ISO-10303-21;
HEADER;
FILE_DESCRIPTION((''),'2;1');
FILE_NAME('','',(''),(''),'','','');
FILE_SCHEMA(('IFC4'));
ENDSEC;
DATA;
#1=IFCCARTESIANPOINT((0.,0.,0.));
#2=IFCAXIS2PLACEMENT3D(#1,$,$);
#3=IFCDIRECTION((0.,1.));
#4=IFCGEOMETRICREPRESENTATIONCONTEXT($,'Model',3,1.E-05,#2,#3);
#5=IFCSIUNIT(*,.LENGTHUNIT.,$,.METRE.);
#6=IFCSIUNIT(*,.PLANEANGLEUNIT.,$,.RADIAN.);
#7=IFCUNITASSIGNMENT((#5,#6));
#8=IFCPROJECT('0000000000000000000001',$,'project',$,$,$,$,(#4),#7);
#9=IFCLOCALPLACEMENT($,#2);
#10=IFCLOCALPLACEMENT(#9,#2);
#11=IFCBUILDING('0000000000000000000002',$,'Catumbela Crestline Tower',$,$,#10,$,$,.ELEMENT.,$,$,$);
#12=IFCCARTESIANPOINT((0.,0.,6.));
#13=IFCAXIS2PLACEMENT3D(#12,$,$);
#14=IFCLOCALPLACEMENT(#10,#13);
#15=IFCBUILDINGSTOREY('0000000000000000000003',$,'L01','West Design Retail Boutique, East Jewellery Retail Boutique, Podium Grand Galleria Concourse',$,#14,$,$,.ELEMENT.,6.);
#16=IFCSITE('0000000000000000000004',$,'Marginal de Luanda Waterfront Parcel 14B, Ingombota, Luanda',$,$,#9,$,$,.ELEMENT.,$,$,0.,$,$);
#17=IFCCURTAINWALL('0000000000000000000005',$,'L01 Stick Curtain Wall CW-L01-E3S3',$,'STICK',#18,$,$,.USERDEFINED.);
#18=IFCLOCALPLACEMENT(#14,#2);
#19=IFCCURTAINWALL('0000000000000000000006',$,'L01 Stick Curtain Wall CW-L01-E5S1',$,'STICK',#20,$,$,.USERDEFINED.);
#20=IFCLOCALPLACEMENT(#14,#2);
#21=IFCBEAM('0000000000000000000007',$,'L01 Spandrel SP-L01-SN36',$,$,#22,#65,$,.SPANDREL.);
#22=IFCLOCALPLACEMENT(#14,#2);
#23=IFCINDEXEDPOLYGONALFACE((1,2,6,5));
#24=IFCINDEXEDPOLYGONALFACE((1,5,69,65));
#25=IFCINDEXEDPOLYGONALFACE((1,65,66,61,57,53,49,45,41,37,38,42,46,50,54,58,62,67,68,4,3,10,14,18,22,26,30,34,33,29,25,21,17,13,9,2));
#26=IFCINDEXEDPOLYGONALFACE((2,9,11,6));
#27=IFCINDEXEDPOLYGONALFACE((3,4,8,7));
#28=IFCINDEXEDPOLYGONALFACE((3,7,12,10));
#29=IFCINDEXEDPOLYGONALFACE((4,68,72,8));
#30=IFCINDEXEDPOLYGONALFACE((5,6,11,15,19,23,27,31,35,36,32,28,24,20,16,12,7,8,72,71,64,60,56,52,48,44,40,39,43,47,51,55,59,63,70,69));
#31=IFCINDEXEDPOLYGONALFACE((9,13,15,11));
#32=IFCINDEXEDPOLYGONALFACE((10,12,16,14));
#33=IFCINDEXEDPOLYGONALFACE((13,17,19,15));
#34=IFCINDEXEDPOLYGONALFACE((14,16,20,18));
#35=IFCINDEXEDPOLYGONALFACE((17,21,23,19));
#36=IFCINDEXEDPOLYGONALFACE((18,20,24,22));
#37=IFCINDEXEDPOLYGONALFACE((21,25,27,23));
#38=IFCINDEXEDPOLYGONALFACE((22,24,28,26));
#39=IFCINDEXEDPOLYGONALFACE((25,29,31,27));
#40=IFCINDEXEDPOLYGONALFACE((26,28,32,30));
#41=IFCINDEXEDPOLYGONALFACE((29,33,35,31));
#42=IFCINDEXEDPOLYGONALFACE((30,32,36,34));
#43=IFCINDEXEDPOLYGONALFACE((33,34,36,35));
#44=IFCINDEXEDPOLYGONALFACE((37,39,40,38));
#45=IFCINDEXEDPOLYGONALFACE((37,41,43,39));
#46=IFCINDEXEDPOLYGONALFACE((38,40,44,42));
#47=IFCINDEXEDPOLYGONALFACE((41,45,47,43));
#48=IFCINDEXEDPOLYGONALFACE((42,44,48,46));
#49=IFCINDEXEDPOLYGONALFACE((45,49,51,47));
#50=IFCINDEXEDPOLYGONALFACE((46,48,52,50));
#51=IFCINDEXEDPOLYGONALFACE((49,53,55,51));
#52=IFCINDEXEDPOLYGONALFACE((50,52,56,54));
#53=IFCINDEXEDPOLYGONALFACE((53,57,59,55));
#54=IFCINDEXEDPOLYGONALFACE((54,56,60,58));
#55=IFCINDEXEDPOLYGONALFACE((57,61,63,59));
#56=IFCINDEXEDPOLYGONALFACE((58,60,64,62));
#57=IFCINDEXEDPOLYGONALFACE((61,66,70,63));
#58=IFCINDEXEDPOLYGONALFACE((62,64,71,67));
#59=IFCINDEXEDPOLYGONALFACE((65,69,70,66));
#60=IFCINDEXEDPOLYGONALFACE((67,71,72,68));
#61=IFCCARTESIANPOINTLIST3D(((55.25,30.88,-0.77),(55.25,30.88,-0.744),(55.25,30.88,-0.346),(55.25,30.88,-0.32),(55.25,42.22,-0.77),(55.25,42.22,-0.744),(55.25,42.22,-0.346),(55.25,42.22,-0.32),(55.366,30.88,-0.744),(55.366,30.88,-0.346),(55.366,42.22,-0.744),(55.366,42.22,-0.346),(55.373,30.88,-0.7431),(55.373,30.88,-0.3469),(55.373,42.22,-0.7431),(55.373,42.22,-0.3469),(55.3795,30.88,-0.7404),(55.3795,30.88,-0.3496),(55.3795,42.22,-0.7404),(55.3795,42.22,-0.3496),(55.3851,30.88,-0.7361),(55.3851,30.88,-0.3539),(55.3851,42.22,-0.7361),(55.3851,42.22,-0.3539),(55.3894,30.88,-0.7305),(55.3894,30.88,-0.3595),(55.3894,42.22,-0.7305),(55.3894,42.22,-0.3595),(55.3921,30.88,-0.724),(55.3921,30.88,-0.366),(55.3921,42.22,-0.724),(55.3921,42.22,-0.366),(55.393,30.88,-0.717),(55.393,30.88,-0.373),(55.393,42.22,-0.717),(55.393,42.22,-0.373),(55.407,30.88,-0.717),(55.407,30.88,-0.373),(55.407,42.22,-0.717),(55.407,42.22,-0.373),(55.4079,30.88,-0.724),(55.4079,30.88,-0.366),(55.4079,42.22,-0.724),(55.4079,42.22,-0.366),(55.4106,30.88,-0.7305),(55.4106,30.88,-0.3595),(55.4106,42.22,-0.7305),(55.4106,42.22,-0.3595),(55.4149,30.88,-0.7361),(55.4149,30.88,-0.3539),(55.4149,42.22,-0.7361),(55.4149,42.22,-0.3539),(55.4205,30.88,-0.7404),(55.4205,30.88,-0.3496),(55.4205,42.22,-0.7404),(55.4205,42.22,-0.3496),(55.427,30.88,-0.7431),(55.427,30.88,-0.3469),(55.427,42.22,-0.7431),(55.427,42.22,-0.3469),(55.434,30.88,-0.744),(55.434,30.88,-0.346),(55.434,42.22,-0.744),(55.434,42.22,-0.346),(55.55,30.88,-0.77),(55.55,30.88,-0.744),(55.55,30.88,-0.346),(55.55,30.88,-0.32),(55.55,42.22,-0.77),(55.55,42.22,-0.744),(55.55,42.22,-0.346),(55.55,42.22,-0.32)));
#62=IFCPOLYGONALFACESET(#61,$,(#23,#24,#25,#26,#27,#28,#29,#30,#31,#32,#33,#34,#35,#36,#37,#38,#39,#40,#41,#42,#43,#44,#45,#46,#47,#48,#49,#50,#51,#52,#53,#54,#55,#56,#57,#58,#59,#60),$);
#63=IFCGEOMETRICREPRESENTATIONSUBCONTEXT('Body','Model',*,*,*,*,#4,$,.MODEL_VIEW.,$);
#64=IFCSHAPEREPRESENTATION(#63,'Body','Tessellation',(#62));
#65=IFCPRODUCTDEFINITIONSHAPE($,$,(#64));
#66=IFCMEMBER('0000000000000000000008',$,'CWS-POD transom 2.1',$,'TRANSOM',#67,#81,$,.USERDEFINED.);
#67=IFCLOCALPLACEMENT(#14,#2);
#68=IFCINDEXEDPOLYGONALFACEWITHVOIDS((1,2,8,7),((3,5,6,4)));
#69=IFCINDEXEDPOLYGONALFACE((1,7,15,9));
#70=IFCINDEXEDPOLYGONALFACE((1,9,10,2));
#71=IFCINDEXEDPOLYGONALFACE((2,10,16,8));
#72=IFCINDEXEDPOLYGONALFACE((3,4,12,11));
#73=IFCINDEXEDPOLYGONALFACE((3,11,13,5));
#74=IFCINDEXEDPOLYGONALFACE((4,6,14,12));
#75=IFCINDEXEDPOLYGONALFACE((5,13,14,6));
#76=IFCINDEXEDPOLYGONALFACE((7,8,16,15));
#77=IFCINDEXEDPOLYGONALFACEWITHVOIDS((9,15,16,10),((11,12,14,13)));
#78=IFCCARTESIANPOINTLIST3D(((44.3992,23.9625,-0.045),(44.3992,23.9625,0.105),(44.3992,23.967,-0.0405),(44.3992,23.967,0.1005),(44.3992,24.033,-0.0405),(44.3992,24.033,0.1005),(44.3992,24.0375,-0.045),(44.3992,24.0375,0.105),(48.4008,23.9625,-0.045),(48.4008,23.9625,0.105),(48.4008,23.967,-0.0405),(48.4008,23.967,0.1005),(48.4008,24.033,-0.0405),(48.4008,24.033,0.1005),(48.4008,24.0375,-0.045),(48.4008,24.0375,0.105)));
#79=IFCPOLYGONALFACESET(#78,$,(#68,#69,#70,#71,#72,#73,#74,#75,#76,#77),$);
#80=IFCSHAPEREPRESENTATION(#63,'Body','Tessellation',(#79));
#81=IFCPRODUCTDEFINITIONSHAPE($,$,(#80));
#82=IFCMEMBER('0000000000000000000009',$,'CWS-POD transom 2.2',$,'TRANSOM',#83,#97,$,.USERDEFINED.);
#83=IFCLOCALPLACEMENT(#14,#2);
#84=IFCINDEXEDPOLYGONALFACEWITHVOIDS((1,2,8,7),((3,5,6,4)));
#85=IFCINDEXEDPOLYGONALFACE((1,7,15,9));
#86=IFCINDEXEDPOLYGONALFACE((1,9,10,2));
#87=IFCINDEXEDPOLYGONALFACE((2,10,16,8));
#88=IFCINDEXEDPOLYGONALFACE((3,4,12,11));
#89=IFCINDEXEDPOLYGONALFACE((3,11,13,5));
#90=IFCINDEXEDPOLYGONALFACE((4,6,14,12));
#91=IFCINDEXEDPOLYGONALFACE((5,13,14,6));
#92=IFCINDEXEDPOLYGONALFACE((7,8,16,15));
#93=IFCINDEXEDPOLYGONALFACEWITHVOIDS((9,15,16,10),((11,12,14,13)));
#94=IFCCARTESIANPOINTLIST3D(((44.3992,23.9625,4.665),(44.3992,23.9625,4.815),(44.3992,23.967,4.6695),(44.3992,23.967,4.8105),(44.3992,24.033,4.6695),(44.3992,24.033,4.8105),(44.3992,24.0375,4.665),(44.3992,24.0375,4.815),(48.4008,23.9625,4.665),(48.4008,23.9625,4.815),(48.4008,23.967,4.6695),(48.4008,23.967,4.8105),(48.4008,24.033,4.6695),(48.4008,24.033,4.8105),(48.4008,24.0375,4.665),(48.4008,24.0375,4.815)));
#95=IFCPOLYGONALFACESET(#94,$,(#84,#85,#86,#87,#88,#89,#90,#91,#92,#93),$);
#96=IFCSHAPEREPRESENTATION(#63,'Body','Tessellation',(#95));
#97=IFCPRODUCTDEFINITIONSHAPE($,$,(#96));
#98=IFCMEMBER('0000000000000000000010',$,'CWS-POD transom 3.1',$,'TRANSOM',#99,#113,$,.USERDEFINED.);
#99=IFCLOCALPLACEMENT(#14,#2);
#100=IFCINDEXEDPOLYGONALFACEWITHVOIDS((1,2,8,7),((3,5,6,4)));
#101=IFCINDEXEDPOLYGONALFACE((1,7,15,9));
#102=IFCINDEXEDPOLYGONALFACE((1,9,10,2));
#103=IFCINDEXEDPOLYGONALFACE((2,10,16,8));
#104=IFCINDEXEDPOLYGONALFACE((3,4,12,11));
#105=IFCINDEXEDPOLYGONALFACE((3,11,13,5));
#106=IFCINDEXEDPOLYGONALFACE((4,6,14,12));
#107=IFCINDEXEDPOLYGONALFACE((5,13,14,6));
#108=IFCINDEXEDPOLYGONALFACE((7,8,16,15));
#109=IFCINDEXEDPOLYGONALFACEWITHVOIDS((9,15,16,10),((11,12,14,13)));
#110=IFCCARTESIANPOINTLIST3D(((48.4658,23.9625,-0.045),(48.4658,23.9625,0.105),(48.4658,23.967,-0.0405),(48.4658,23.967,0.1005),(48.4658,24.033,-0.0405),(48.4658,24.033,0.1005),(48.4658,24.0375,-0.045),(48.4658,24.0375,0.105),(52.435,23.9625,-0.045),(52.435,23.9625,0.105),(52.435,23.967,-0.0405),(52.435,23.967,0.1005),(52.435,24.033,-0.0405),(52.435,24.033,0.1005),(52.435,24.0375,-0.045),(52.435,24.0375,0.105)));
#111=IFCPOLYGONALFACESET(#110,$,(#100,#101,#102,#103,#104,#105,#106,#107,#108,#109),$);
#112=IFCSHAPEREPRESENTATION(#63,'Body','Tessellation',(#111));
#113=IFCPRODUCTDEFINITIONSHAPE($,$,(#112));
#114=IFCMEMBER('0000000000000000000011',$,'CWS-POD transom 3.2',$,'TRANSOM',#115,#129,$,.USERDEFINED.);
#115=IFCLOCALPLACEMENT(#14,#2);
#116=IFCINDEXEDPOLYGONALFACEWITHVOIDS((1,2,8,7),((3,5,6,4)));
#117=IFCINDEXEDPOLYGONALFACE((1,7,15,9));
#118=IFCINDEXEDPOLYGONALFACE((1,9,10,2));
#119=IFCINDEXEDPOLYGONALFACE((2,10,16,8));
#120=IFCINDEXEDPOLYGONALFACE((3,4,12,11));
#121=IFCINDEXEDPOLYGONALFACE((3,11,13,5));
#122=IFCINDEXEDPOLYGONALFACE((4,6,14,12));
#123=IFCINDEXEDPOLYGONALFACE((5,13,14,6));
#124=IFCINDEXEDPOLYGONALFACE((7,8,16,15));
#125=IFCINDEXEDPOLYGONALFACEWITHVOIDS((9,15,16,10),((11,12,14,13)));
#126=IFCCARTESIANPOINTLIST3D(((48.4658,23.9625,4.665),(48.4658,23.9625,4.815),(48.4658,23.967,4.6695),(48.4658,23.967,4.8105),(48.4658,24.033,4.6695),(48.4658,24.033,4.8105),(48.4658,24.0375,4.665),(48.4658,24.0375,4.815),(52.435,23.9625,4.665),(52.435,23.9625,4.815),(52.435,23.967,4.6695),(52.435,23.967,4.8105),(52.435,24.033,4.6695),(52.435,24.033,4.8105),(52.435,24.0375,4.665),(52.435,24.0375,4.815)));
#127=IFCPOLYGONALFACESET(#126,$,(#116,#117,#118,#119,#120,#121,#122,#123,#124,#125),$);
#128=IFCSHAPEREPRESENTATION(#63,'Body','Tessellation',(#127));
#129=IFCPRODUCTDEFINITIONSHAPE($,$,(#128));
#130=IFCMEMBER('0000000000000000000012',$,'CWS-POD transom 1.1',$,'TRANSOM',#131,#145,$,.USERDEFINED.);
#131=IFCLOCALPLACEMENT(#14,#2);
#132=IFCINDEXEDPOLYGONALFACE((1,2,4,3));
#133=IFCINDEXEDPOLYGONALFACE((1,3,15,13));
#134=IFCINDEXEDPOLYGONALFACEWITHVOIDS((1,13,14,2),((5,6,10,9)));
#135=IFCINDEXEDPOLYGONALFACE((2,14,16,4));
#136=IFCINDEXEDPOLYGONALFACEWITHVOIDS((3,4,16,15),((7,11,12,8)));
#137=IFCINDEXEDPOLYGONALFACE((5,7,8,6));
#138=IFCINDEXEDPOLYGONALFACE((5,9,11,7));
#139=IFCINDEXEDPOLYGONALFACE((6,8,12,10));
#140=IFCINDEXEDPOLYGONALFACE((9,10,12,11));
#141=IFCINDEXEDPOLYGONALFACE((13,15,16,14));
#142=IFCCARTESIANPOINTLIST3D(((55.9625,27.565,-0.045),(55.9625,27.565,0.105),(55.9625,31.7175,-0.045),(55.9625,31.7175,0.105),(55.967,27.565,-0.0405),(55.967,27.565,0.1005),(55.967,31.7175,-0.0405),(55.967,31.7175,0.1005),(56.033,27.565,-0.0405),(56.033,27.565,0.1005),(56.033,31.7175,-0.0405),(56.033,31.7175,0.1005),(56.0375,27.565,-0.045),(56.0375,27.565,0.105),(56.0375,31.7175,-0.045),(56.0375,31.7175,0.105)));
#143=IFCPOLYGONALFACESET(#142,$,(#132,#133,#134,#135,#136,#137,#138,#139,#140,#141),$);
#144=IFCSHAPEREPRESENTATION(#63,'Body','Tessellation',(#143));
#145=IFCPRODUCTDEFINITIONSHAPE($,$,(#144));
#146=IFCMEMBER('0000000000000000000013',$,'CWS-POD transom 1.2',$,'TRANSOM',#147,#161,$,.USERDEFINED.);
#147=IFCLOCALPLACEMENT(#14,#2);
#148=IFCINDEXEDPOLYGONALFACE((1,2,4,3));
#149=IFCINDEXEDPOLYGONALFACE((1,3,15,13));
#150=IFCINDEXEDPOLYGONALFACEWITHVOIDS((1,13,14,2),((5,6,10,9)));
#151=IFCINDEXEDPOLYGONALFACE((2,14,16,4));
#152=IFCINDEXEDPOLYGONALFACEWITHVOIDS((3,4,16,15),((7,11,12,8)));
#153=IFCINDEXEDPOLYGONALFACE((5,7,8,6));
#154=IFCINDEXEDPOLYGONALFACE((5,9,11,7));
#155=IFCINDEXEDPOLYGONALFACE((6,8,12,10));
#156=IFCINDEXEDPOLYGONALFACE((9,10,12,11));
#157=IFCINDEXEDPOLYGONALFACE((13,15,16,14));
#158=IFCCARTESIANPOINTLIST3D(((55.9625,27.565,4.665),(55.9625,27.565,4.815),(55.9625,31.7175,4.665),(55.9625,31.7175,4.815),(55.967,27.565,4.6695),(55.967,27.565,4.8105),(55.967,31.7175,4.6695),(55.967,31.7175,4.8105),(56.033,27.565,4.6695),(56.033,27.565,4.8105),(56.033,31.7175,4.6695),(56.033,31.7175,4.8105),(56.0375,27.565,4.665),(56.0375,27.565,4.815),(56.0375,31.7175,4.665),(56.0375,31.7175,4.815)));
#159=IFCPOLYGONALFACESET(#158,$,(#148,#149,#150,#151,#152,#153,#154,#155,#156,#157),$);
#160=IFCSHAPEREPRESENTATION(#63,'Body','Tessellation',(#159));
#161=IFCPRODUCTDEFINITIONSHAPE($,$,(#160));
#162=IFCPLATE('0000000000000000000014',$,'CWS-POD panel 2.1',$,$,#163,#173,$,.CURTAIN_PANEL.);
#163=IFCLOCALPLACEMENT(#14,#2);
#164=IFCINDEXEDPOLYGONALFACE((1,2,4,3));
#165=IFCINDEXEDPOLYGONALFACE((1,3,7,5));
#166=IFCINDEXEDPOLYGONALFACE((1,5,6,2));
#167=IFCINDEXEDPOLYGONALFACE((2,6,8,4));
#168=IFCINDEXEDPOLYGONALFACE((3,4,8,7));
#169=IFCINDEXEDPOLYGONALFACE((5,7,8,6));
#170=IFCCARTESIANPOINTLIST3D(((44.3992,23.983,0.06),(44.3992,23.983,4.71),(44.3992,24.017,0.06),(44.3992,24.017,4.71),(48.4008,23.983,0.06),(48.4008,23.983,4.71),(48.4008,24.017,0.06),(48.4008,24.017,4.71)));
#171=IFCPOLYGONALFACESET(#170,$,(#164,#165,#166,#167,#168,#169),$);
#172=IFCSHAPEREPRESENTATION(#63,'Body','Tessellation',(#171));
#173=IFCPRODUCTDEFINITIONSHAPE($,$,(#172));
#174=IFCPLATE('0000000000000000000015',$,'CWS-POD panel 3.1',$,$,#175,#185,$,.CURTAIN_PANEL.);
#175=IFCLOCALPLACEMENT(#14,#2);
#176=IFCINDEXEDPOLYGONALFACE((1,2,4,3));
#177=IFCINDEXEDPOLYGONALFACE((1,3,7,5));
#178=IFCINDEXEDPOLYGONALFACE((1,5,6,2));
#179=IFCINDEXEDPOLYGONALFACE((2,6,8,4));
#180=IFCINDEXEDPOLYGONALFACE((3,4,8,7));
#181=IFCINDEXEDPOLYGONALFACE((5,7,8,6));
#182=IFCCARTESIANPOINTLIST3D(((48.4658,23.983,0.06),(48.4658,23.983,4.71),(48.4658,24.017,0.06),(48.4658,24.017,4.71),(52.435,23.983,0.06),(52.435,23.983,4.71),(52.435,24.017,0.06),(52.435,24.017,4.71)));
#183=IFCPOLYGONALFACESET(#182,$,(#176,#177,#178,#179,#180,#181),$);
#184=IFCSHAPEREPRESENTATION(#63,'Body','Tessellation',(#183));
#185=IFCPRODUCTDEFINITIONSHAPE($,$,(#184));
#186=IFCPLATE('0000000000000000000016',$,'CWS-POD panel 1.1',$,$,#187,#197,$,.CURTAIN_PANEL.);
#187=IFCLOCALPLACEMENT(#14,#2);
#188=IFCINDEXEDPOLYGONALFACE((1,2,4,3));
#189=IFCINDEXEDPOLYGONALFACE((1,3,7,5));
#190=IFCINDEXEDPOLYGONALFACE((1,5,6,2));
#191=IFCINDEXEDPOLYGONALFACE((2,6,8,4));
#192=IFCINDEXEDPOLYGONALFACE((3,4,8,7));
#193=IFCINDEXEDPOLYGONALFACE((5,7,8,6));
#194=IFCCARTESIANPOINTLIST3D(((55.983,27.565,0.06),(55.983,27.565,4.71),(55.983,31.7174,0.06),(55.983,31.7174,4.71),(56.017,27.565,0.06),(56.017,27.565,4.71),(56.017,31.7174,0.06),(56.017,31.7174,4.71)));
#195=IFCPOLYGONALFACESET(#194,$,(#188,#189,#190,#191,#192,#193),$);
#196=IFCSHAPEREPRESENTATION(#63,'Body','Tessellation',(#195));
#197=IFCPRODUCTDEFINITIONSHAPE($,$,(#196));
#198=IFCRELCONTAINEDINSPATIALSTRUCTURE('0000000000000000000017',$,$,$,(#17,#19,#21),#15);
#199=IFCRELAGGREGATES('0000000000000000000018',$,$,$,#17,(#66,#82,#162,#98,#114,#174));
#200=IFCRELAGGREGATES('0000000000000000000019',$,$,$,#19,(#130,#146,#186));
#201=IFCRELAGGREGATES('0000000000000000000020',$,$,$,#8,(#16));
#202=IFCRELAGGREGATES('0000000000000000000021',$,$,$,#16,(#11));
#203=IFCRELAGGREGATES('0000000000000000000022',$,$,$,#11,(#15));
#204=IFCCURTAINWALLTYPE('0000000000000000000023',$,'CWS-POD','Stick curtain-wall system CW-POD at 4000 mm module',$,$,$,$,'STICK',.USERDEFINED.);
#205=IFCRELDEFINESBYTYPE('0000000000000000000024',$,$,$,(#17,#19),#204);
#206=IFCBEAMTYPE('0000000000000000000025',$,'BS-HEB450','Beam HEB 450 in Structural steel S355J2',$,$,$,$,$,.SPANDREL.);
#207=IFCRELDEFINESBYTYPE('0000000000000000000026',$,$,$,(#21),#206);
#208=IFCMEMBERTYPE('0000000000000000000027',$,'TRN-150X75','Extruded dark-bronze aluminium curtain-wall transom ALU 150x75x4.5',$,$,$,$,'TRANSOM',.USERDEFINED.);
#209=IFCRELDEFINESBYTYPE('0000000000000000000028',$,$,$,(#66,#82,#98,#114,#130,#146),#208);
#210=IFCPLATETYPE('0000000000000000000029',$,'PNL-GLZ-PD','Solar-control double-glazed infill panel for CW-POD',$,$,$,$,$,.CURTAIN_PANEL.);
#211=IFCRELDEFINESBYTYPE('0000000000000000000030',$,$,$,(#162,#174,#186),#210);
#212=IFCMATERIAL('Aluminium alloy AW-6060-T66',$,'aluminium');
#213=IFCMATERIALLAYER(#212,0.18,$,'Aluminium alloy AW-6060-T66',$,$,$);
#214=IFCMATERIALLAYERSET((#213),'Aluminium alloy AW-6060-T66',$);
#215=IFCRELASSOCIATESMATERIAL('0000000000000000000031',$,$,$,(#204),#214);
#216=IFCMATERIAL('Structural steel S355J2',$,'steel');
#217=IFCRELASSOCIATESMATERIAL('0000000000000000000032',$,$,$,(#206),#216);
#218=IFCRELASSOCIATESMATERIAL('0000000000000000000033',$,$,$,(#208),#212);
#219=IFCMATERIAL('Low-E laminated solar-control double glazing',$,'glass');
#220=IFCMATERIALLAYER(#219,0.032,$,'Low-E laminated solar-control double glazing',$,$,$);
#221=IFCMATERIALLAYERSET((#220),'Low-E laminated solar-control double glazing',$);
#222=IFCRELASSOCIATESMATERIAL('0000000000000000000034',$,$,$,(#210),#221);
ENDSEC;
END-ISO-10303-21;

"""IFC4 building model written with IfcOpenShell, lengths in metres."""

from ifc_helpers import new_model, si_unit, direction, frame, origin, origin_2d, place, context, subcontext, project, spatial, rectangle, hollow_rectangle, i_section, extrude, material, layer, layer_set, material_profile, profile_set, type_object, element, aggregate, save


model = new_model("IFC4")

# Units and contexts
model_context = context("Model", 3, precision=1e-05, world=origin(), true_north=direction((0.0, 1.0)))
body_context = subcontext(model_context, "Body", "Model", "MODEL_VIEW")
ifc_project = project(units=[si_unit("LENGTHUNIT", "METRE"), si_unit("PLANEANGLEUNIT", "RADIAN")], contexts=[model_context])

# Site, building, storey
site_placement = place(None, origin())
site = spatial("IfcSite", under=ifc_project, at=site_placement, Name="Marginal de Luanda Waterfront Parcel 14B, Ingombota, Luanda", CompositionType="ELEMENT", RefElevation=0.0)
building_placement = place(site_placement, origin())
building = spatial("IfcBuilding", under=site, at=building_placement, Name="Catumbela Crestline Tower", CompositionType="ELEMENT")
storey_placement = place(building_placement, frame((0.0, 0.0, 6.0)))
storey = spatial("IfcBuildingStorey", under=building, at=storey_placement, Name="L01", Description="West Design Retail Boutique, East Jewellery Retail Boutique, Podium Grand Galleria Concourse", CompositionType="ELEMENT", Elevation=6.0)

# Shared definitions
ifc_material_1 = material(Name="Structural steel S355J2", Category="steel")

# Curtain wall
ifc_material_2 = material(Name="Aluminium alloy AW-6060-T66", Category="aluminium")
ifc_layer_1 = layer(ifc_material_2, 0.18, Name="Aluminium alloy AW-6060-T66")
ifc_layer_set_1 = layer_set([ifc_layer_1], Name="Aluminium alloy AW-6060-T66")
curtain_wall_type = type_object("IfcCurtainWallType", Name="CWS-POD", Description="Stick curtain-wall system CW-POD at 4000 mm module", ElementType="STICK", PredefinedType="USERDEFINED", material=ifc_layer_set_1)
curtain_wall_1_placement = place(storey_placement, origin())
curtain_wall_1 = element("IfcCurtainWall", 1, at=curtain_wall_1_placement, inside=storey, type_object=curtain_wall_type, Name="L01 Stick Curtain Wall CW-L01-E3S3", ObjectType="STICK", PredefinedType="USERDEFINED")

# Curtain wall
curtain_wall_2_placement = place(storey_placement, origin())
curtain_wall_2 = element("IfcCurtainWall", 2, at=curtain_wall_2_placement, inside=storey, type_object=curtain_wall_type, Name="L01 Stick Curtain Wall CW-L01-E5S1", ObjectType="STICK", PredefinedType="USERDEFINED")

# Beam
ifc_material_profile_1 = material_profile(ifc_material_1, i_section(OverallWidth=0.3, OverallDepth=0.45, WebThickness=0.014, FlangeThickness=0.026, FilletRadius=0.027, at=origin_2d()), Name="HEB 450")
ifc_profile_set_1 = profile_set([ifc_material_profile_1], Name="Structural steel S355J2")
beam_type_1 = type_object("IfcBeamType", Name="BS-HEB450", Description="Beam HEB 450 in Structural steel S355J2", PredefinedType="SPANDREL", material=ifc_profile_set_1)
beam_1_placement = place(storey_placement, frame((55.4, 30.88, -0.545), z_axis=(0.0, 1.0, 0.0), x_axis=(-1.0, 0.0, 0.0)))
element("IfcBeam", 3, at=beam_1_placement, inside=storey, type_object=beam_type_1, Name="L01 Spandrel SP-L01-SN36", PredefinedType="SPANDREL", context=body_context, shape_type="SweptSolid", body=[
    extrude(i_section(OverallWidth=0.3, OverallDepth=0.45, WebThickness=0.014, FlangeThickness=0.026, FilletRadius=0.027, at=origin_2d()), origin(), (0.0, 0.0, 1.0), 11.34),
])

# Members
ifc_material_profile_2 = material_profile(ifc_material_2, hollow_rectangle(XDim=0.075, YDim=0.15, WallThickness=0.0045, at=origin_2d()), Name="ALU 150x75x4.5")
ifc_profile_set_2 = profile_set([ifc_material_profile_2], Name="Aluminium alloy AW-6060-T66")
member_type_1 = type_object("IfcMemberType", Name="TRN-150X75", Description="Extruded dark-bronze aluminium curtain-wall transom ALU 150x75x4.5", ElementType="TRANSOM", PredefinedType="USERDEFINED", material=ifc_profile_set_2)
member_1_placement = place(storey_placement, frame((44.3992, 24.0, 0.03), z_axis=(1.0, 0.0, 0.0), x_axis=(0.0, 1.0, 0.0)))
member_1 = element("IfcMember", 4, at=member_1_placement, type_object=member_type_1, Name="CWS-POD transom 2.1", ObjectType="TRANSOM", PredefinedType="USERDEFINED", context=body_context, shape_type="SweptSolid", body=[
    extrude(hollow_rectangle(XDim=0.075, YDim=0.15, WallThickness=0.0045, at=origin_2d()), origin(), (0.0, 0.0, 1.0), 4.0016),
])
member_2_placement = place(storey_placement, frame((44.3992, 24.0, 4.74), z_axis=(1.0, 0.0, 0.0), x_axis=(0.0, 1.0, 0.0)))
member_2 = element("IfcMember", 5, at=member_2_placement, type_object=member_type_1, Name="CWS-POD transom 2.2", ObjectType="TRANSOM", PredefinedType="USERDEFINED", context=body_context, shape_type="SweptSolid", body=[
    extrude(hollow_rectangle(XDim=0.075, YDim=0.15, WallThickness=0.0045, at=origin_2d()), origin(), (0.0, 0.0, 1.0), 4.0016),
])
member_3_placement = place(storey_placement, frame((48.4658, 24.0, 0.03), z_axis=(1.0, 0.0, 0.0), x_axis=(0.0, 1.0, 0.0)))
member_3 = element("IfcMember", 6, at=member_3_placement, type_object=member_type_1, Name="CWS-POD transom 3.1", ObjectType="TRANSOM", PredefinedType="USERDEFINED", context=body_context, shape_type="SweptSolid", body=[
    extrude(hollow_rectangle(XDim=0.075, YDim=0.15, WallThickness=0.0045, at=origin_2d()), origin(), (0.0, 0.0, 1.0), 3.9692),
])
member_4_placement = place(storey_placement, frame((48.4658, 24.0, 4.74), z_axis=(1.0, 0.0, 0.0), x_axis=(0.0, 1.0, 0.0)))
member_4 = element("IfcMember", 7, at=member_4_placement, type_object=member_type_1, Name="CWS-POD transom 3.2", ObjectType="TRANSOM", PredefinedType="USERDEFINED", context=body_context, shape_type="SweptSolid", body=[
    extrude(hollow_rectangle(XDim=0.075, YDim=0.15, WallThickness=0.0045, at=origin_2d()), origin(), (0.0, 0.0, 1.0), 3.9692),
])
member_5_placement = place(storey_placement, frame((56.0, 27.565, 0.03), z_axis=(0.0, 1.0, 0.0), x_axis=(-1.0, 0.0, 0.0)))
member_5 = element("IfcMember", 8, at=member_5_placement, type_object=member_type_1, Name="CWS-POD transom 1.1", ObjectType="TRANSOM", PredefinedType="USERDEFINED", context=body_context, shape_type="SweptSolid", body=[
    extrude(hollow_rectangle(XDim=0.075, YDim=0.15, WallThickness=0.0045, at=origin_2d()), origin(), (0.0, 0.0, 1.0), 4.1525),
])
member_6_placement = place(storey_placement, frame((56.0, 27.565, 4.74), z_axis=(0.0, 1.0, 0.0), x_axis=(-1.0, 0.0, 0.0)))
member_6 = element("IfcMember", 9, at=member_6_placement, type_object=member_type_1, Name="CWS-POD transom 1.2", ObjectType="TRANSOM", PredefinedType="USERDEFINED", context=body_context, shape_type="SweptSolid", body=[
    extrude(hollow_rectangle(XDim=0.075, YDim=0.15, WallThickness=0.0045, at=origin_2d()), origin(), (0.0, 0.0, 1.0), 4.1525),
])

# Plates
ifc_material_3 = material(Name="Low-E laminated solar-control double glazing", Category="glass")
ifc_layer_2 = layer(ifc_material_3, 0.032, Name="Low-E laminated solar-control double glazing")
ifc_layer_set_2 = layer_set([ifc_layer_2], Name="Low-E laminated solar-control double glazing")
plate_type = type_object("IfcPlateType", Name="PNL-GLZ-PD", Description="Solar-control double-glazed infill panel for CW-POD", PredefinedType="CURTAIN_PANEL", material=ifc_layer_set_2)
plate_1_placement = place(storey_placement, frame((46.4, 24.0, 0.06), z_axis=(0.0, 0.0, 1.0), x_axis=(1.0, 0.0, 0.0)))
plate_1 = element("IfcPlate", 10, at=plate_1_placement, type_object=plate_type, Name="CWS-POD panel 2.1", PredefinedType="CURTAIN_PANEL", context=body_context, shape_type="SweptSolid", body=[
    extrude(rectangle(XDim=4.0017, YDim=0.034, at=origin_2d()), origin(), (0.0, 0.0, 1.0), 4.65),
])
plate_2_placement = place(storey_placement, frame((50.4504, 24.0, 0.06), z_axis=(0.0, 0.0, 1.0), x_axis=(1.0, 0.0, 0.0)))
plate_2 = element("IfcPlate", 11, at=plate_2_placement, type_object=plate_type, Name="CWS-POD panel 3.1", PredefinedType="CURTAIN_PANEL", context=body_context, shape_type="SweptSolid", body=[
    extrude(rectangle(XDim=3.9692, YDim=0.034, at=origin_2d()), origin(), (0.0, 0.0, 1.0), 4.65),
])
aggregate(curtain_wall_1, [member_1, member_2, plate_1, member_3, member_4, plate_2])
plate_3_placement = place(storey_placement, frame((56.0, 29.6412, 0.06), z_axis=(0.0, 0.0, 1.0), x_axis=(0.0, 1.0, 0.0)))
plate_3 = element("IfcPlate", 12, at=plate_3_placement, type_object=plate_type, Name="CWS-POD panel 1.1", PredefinedType="CURTAIN_PANEL", context=body_context, shape_type="SweptSolid", body=[
    extrude(rectangle(XDim=4.1525, YDim=0.034, at=origin_2d()), origin(), (0.0, 0.0, 1.0), 4.65),
])
aggregate(curtain_wall_2, [member_5, member_6, plate_3])

save(model, "model.ifc")
